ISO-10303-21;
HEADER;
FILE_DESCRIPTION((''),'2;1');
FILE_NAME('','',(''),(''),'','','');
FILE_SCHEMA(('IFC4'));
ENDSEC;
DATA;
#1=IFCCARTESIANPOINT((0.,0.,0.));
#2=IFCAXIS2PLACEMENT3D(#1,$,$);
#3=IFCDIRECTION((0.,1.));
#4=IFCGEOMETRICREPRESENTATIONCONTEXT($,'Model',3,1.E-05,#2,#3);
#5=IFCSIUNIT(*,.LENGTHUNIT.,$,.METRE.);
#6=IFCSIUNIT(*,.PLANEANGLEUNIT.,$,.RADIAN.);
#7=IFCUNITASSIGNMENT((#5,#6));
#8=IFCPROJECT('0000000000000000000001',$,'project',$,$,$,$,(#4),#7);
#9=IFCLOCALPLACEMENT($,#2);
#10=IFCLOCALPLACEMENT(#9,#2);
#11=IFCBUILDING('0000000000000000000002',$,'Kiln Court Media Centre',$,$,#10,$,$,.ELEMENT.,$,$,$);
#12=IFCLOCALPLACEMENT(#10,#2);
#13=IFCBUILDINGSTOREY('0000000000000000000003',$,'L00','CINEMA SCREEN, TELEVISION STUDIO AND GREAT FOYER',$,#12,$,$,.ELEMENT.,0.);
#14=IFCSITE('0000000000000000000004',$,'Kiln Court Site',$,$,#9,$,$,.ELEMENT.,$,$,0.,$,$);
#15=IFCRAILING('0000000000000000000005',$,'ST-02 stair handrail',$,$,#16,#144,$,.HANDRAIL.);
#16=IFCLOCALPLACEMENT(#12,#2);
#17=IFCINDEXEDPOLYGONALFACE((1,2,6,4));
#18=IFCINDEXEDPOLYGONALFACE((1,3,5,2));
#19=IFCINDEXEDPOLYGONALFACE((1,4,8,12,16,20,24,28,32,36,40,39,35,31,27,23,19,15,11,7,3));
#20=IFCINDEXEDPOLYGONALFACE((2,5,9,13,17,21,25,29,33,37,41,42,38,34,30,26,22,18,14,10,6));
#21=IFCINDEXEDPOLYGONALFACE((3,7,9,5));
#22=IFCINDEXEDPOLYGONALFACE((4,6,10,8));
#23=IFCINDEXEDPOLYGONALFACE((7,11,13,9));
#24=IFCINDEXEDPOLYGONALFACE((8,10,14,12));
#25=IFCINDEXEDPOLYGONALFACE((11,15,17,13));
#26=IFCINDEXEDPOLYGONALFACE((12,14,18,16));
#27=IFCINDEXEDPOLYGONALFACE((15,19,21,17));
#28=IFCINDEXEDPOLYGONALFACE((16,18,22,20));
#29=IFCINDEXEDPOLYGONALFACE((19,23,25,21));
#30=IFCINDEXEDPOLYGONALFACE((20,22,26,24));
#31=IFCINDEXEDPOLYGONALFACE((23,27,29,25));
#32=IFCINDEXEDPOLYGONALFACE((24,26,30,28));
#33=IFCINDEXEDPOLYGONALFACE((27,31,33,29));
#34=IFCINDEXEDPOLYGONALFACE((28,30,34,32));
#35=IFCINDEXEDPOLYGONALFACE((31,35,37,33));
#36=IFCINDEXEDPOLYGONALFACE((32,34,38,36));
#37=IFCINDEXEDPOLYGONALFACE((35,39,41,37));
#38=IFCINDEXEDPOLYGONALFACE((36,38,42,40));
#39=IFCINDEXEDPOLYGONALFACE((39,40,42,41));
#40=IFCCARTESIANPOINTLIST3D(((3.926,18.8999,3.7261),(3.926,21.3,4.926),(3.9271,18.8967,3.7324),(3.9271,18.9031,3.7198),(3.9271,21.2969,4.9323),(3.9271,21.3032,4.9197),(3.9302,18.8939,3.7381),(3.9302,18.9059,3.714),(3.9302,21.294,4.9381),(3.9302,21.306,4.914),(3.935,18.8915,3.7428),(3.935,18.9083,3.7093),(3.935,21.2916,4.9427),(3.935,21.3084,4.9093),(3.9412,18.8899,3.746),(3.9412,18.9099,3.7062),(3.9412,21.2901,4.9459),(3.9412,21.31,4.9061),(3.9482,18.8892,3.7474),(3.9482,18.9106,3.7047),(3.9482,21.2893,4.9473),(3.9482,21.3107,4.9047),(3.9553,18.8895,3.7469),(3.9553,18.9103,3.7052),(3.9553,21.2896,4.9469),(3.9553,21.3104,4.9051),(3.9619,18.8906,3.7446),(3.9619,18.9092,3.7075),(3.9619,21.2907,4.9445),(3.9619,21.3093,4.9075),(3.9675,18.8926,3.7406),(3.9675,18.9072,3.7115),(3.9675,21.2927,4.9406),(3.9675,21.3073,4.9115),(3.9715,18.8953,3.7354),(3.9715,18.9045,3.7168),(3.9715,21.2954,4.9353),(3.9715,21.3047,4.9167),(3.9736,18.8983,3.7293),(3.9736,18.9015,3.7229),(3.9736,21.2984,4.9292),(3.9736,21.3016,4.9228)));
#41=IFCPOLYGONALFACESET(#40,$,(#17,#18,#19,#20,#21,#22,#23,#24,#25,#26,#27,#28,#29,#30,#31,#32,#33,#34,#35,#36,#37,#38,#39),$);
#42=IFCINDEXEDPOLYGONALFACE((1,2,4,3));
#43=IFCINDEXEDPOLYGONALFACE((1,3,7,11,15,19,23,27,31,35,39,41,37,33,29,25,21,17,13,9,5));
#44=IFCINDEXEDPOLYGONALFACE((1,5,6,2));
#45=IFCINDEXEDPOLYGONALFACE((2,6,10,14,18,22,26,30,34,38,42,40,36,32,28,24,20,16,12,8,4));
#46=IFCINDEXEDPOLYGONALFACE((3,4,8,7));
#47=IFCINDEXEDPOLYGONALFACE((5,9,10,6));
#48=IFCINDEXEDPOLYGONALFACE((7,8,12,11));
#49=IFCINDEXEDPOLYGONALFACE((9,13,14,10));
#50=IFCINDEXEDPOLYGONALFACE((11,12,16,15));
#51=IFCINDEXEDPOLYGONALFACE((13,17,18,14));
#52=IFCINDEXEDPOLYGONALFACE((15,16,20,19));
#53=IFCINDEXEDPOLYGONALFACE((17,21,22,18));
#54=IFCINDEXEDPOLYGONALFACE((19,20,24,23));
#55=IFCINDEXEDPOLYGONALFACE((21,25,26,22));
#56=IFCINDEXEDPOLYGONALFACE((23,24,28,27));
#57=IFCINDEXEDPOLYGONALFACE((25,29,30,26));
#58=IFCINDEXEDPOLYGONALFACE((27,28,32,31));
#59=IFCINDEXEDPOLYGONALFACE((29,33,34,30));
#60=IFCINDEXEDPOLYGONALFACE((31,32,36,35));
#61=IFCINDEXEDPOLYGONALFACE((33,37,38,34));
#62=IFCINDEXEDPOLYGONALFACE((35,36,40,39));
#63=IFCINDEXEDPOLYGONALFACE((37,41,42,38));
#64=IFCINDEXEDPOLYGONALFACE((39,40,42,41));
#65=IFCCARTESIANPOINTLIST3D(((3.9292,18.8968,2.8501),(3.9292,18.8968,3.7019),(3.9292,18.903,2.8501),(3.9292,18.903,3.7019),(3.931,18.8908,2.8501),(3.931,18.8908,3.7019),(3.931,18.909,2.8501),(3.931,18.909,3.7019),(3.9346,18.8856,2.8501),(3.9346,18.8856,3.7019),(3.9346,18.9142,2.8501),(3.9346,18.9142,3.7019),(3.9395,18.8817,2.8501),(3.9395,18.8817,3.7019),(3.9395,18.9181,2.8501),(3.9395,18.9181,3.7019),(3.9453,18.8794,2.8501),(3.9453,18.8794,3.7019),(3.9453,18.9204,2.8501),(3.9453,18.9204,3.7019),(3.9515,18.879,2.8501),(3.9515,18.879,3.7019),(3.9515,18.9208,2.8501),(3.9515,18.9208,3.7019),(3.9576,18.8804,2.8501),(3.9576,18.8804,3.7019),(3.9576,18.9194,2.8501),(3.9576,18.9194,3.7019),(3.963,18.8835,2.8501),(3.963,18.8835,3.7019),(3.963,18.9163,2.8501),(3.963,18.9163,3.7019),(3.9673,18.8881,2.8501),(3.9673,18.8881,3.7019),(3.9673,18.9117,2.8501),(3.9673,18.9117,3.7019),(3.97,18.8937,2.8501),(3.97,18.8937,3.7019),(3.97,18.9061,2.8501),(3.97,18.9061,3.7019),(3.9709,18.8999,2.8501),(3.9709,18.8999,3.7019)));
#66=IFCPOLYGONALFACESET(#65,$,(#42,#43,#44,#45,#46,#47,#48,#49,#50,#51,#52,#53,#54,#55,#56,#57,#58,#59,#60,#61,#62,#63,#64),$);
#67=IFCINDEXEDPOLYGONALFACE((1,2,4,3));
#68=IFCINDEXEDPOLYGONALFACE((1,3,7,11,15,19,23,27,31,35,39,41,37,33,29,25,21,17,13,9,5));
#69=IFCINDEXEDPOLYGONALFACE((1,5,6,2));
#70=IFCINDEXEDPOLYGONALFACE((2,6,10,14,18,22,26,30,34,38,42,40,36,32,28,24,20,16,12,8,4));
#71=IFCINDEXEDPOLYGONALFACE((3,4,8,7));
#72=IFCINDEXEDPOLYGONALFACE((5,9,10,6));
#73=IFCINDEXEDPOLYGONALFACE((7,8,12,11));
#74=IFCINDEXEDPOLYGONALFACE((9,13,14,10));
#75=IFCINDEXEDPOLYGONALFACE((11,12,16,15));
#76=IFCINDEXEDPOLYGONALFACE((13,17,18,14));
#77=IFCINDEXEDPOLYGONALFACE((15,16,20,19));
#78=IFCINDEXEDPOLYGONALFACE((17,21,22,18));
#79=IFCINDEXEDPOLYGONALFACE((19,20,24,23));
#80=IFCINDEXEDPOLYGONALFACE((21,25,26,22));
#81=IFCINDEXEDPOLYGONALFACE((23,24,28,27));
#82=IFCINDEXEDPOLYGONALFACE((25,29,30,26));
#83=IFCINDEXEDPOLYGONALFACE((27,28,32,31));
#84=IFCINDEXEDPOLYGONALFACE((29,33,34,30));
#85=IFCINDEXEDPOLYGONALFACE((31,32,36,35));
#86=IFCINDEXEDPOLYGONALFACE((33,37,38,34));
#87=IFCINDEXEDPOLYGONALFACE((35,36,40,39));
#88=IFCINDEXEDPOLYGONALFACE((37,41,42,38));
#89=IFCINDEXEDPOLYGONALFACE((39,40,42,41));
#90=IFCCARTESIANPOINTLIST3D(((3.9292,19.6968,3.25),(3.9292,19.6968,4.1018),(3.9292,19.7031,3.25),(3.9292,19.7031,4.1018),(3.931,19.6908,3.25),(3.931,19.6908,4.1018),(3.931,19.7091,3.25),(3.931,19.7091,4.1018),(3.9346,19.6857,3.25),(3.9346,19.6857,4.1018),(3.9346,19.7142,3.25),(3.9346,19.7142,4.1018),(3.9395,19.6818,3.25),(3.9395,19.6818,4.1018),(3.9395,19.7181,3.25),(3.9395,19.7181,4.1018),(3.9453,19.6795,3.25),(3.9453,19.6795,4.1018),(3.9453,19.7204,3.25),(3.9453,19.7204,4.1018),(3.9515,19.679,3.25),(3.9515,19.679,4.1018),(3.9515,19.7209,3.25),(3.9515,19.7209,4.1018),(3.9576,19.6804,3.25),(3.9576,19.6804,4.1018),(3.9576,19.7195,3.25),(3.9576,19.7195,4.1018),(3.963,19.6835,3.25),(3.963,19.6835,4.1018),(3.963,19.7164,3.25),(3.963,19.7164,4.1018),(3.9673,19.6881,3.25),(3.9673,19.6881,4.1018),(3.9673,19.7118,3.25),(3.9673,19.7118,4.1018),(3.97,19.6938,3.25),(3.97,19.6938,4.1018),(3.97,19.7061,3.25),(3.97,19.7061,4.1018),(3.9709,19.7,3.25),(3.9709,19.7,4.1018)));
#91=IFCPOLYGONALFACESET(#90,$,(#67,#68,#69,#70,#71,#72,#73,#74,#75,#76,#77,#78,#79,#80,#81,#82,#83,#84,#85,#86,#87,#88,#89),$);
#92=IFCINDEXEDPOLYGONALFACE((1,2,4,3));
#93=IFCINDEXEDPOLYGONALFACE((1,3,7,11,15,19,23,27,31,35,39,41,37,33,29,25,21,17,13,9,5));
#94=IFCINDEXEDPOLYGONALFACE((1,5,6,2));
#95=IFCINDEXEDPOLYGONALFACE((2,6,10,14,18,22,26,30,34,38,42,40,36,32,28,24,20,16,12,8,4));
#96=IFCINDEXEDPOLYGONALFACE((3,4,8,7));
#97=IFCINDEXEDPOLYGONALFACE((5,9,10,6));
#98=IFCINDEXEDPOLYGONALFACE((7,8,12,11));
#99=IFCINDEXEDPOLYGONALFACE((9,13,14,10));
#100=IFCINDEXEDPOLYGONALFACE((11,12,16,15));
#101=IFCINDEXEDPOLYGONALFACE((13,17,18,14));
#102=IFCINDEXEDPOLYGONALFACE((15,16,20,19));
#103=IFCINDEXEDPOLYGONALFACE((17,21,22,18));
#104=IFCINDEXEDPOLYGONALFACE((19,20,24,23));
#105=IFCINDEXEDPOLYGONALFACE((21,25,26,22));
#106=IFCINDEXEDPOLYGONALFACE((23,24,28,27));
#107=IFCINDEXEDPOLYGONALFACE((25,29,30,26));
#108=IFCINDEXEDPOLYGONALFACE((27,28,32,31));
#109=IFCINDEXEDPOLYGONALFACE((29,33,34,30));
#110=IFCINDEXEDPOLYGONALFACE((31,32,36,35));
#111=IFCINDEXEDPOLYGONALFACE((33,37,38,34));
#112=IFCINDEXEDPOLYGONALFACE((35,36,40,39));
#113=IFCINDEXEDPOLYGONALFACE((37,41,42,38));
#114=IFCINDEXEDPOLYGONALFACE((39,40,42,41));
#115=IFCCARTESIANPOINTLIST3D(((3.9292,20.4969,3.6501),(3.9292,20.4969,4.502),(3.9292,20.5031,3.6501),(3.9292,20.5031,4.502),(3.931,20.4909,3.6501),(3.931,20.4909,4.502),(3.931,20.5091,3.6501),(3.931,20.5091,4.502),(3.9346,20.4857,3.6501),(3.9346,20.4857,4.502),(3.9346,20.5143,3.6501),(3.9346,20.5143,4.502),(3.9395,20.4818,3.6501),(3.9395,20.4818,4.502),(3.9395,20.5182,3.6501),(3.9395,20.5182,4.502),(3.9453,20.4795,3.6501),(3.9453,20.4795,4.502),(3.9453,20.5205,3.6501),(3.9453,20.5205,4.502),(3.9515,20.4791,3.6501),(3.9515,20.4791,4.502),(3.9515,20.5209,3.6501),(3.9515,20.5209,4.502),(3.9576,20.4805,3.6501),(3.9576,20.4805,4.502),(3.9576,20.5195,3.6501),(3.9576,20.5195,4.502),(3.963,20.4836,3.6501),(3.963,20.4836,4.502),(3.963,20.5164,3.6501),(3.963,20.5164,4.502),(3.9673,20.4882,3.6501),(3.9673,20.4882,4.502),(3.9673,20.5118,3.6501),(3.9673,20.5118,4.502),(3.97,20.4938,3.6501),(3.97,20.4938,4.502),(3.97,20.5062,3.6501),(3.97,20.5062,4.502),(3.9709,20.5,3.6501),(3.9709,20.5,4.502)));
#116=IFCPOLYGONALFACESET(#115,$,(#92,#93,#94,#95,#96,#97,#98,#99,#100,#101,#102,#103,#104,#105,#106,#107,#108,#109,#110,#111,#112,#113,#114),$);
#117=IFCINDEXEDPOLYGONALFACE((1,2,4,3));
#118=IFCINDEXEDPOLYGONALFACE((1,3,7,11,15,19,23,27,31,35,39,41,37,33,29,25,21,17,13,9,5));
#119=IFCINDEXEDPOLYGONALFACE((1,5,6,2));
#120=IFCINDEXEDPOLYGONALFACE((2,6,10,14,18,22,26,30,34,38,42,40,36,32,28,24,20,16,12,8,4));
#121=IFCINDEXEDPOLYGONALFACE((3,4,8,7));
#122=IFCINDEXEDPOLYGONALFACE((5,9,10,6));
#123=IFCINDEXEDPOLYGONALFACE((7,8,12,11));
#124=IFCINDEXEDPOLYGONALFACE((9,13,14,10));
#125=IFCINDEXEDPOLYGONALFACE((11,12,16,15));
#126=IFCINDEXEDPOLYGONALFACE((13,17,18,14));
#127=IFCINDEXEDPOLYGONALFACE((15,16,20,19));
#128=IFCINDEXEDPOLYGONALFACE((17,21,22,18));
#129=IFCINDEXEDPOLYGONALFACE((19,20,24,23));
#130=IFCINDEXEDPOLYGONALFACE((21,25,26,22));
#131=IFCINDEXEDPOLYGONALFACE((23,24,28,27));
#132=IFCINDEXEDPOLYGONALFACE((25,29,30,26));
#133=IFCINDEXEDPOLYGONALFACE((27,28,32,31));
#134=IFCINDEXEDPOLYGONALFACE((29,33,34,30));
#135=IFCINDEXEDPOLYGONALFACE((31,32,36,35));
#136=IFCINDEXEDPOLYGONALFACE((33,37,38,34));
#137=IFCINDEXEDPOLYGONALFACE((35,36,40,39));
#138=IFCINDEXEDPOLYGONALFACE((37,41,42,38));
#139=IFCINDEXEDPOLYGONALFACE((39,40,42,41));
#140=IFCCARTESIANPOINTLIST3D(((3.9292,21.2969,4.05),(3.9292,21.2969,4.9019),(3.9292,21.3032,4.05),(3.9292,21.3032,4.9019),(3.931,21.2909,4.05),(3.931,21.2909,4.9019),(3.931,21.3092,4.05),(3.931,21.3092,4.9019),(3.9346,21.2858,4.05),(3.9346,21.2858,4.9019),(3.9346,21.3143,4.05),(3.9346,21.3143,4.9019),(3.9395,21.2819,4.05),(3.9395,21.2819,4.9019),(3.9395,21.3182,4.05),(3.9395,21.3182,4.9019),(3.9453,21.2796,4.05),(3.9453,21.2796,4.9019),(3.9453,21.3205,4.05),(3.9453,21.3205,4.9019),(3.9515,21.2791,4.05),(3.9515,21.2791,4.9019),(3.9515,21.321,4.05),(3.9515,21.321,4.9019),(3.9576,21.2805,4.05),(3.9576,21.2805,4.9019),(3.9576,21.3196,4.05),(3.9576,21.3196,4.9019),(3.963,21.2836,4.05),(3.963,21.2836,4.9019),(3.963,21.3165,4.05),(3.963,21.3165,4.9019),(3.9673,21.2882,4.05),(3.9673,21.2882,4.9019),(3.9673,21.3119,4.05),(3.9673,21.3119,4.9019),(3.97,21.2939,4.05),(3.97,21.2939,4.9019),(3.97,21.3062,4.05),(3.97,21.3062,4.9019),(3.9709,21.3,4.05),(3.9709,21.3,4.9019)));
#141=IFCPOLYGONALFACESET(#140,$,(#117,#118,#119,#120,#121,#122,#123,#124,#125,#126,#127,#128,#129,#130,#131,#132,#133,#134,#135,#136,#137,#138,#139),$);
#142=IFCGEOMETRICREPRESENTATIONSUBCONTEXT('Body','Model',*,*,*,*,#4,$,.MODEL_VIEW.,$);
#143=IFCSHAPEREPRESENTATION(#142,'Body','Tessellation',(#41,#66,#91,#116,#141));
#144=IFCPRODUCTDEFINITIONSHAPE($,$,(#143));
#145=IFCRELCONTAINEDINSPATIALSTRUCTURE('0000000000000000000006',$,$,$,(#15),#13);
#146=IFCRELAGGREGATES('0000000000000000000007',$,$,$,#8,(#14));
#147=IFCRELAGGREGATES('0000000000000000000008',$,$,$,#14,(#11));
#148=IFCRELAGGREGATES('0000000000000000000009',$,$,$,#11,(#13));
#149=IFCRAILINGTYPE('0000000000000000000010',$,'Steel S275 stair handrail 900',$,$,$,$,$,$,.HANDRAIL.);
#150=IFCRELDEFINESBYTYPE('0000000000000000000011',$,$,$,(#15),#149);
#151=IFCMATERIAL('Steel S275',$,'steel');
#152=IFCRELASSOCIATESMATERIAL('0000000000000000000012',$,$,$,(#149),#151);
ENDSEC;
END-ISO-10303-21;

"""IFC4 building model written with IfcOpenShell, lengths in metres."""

from ifc_helpers import new_model, si_unit, direction, frame, origin, origin_2d, place, context, subcontext, project, spatial, circle, extrude, material, type_object, element, save


model = new_model("IFC4")

# Units and contexts
model_context = context("Model", 3, precision=1e-05, world=origin(), true_north=direction((0.0, 1.0)))
body_context = subcontext(model_context, "Body", "Model", "MODEL_VIEW")
ifc_project = project(units=[si_unit("LENGTHUNIT", "METRE"), si_unit("PLANEANGLEUNIT", "RADIAN")], contexts=[model_context])

# Site, building, storey
site_placement = place(None, origin())
site = spatial("IfcSite", under=ifc_project, at=site_placement, Name="Kiln Court Site", CompositionType="ELEMENT", RefElevation=0.0)
building_placement = place(site_placement, origin())
building = spatial("IfcBuilding", under=site, at=building_placement, Name="Kiln Court Media Centre", CompositionType="ELEMENT")
storey_placement = place(building_placement, origin())
storey = spatial("IfcBuildingStorey", under=building, at=storey_placement, Name="L00", Description="CINEMA SCREEN, TELEVISION STUDIO AND GREAT FOYER", CompositionType="ELEMENT", Elevation=0.0)

# Railing
ifc_material_1 = material(Name="Steel S275", Category="steel")
railing_type_1 = type_object("IfcRailingType", Name="Steel S275 stair handrail 900", PredefinedType="HANDRAIL", material=ifc_material_1)
railing_1_placement = place(storey_placement, frame((3.95, 18.8999, 2.8501)))
element("IfcRailing", 1, at=railing_1_placement, inside=storey, type_object=railing_type_1, Name="ST-02 stair handrail", PredefinedType="HANDRAIL", context=body_context, shape_type="SweptSolid", body=[
    extrude(circle(Radius=0.0239, at=origin_2d()), frame((0.0, 0.0, 0.876), z_axis=(0.0, 0.894445, 0.447177), x_axis=(-1.0, 0.0, 0.0)), (0.0, 0.0, 1.0), 2.6833),
    extrude(circle(Radius=0.021, at=origin_2d()), origin(), (0.0, 0.0, 1.0), 0.8518),
    extrude(circle(Radius=0.021, at=origin_2d()), frame((0.0, 0.8, 0.3999)), (0.0, 0.0, 1.0), 0.8518),
    extrude(circle(Radius=0.021, at=origin_2d()), frame((0.0, 1.6001, 0.8)), (0.0, 0.0, 1.0), 0.8518),
    extrude(circle(Radius=0.021, at=origin_2d()), frame((0.0, 2.4001, 1.2)), (0.0, 0.0, 1.0), 0.8518),
])

save(model, "model.ifc")
